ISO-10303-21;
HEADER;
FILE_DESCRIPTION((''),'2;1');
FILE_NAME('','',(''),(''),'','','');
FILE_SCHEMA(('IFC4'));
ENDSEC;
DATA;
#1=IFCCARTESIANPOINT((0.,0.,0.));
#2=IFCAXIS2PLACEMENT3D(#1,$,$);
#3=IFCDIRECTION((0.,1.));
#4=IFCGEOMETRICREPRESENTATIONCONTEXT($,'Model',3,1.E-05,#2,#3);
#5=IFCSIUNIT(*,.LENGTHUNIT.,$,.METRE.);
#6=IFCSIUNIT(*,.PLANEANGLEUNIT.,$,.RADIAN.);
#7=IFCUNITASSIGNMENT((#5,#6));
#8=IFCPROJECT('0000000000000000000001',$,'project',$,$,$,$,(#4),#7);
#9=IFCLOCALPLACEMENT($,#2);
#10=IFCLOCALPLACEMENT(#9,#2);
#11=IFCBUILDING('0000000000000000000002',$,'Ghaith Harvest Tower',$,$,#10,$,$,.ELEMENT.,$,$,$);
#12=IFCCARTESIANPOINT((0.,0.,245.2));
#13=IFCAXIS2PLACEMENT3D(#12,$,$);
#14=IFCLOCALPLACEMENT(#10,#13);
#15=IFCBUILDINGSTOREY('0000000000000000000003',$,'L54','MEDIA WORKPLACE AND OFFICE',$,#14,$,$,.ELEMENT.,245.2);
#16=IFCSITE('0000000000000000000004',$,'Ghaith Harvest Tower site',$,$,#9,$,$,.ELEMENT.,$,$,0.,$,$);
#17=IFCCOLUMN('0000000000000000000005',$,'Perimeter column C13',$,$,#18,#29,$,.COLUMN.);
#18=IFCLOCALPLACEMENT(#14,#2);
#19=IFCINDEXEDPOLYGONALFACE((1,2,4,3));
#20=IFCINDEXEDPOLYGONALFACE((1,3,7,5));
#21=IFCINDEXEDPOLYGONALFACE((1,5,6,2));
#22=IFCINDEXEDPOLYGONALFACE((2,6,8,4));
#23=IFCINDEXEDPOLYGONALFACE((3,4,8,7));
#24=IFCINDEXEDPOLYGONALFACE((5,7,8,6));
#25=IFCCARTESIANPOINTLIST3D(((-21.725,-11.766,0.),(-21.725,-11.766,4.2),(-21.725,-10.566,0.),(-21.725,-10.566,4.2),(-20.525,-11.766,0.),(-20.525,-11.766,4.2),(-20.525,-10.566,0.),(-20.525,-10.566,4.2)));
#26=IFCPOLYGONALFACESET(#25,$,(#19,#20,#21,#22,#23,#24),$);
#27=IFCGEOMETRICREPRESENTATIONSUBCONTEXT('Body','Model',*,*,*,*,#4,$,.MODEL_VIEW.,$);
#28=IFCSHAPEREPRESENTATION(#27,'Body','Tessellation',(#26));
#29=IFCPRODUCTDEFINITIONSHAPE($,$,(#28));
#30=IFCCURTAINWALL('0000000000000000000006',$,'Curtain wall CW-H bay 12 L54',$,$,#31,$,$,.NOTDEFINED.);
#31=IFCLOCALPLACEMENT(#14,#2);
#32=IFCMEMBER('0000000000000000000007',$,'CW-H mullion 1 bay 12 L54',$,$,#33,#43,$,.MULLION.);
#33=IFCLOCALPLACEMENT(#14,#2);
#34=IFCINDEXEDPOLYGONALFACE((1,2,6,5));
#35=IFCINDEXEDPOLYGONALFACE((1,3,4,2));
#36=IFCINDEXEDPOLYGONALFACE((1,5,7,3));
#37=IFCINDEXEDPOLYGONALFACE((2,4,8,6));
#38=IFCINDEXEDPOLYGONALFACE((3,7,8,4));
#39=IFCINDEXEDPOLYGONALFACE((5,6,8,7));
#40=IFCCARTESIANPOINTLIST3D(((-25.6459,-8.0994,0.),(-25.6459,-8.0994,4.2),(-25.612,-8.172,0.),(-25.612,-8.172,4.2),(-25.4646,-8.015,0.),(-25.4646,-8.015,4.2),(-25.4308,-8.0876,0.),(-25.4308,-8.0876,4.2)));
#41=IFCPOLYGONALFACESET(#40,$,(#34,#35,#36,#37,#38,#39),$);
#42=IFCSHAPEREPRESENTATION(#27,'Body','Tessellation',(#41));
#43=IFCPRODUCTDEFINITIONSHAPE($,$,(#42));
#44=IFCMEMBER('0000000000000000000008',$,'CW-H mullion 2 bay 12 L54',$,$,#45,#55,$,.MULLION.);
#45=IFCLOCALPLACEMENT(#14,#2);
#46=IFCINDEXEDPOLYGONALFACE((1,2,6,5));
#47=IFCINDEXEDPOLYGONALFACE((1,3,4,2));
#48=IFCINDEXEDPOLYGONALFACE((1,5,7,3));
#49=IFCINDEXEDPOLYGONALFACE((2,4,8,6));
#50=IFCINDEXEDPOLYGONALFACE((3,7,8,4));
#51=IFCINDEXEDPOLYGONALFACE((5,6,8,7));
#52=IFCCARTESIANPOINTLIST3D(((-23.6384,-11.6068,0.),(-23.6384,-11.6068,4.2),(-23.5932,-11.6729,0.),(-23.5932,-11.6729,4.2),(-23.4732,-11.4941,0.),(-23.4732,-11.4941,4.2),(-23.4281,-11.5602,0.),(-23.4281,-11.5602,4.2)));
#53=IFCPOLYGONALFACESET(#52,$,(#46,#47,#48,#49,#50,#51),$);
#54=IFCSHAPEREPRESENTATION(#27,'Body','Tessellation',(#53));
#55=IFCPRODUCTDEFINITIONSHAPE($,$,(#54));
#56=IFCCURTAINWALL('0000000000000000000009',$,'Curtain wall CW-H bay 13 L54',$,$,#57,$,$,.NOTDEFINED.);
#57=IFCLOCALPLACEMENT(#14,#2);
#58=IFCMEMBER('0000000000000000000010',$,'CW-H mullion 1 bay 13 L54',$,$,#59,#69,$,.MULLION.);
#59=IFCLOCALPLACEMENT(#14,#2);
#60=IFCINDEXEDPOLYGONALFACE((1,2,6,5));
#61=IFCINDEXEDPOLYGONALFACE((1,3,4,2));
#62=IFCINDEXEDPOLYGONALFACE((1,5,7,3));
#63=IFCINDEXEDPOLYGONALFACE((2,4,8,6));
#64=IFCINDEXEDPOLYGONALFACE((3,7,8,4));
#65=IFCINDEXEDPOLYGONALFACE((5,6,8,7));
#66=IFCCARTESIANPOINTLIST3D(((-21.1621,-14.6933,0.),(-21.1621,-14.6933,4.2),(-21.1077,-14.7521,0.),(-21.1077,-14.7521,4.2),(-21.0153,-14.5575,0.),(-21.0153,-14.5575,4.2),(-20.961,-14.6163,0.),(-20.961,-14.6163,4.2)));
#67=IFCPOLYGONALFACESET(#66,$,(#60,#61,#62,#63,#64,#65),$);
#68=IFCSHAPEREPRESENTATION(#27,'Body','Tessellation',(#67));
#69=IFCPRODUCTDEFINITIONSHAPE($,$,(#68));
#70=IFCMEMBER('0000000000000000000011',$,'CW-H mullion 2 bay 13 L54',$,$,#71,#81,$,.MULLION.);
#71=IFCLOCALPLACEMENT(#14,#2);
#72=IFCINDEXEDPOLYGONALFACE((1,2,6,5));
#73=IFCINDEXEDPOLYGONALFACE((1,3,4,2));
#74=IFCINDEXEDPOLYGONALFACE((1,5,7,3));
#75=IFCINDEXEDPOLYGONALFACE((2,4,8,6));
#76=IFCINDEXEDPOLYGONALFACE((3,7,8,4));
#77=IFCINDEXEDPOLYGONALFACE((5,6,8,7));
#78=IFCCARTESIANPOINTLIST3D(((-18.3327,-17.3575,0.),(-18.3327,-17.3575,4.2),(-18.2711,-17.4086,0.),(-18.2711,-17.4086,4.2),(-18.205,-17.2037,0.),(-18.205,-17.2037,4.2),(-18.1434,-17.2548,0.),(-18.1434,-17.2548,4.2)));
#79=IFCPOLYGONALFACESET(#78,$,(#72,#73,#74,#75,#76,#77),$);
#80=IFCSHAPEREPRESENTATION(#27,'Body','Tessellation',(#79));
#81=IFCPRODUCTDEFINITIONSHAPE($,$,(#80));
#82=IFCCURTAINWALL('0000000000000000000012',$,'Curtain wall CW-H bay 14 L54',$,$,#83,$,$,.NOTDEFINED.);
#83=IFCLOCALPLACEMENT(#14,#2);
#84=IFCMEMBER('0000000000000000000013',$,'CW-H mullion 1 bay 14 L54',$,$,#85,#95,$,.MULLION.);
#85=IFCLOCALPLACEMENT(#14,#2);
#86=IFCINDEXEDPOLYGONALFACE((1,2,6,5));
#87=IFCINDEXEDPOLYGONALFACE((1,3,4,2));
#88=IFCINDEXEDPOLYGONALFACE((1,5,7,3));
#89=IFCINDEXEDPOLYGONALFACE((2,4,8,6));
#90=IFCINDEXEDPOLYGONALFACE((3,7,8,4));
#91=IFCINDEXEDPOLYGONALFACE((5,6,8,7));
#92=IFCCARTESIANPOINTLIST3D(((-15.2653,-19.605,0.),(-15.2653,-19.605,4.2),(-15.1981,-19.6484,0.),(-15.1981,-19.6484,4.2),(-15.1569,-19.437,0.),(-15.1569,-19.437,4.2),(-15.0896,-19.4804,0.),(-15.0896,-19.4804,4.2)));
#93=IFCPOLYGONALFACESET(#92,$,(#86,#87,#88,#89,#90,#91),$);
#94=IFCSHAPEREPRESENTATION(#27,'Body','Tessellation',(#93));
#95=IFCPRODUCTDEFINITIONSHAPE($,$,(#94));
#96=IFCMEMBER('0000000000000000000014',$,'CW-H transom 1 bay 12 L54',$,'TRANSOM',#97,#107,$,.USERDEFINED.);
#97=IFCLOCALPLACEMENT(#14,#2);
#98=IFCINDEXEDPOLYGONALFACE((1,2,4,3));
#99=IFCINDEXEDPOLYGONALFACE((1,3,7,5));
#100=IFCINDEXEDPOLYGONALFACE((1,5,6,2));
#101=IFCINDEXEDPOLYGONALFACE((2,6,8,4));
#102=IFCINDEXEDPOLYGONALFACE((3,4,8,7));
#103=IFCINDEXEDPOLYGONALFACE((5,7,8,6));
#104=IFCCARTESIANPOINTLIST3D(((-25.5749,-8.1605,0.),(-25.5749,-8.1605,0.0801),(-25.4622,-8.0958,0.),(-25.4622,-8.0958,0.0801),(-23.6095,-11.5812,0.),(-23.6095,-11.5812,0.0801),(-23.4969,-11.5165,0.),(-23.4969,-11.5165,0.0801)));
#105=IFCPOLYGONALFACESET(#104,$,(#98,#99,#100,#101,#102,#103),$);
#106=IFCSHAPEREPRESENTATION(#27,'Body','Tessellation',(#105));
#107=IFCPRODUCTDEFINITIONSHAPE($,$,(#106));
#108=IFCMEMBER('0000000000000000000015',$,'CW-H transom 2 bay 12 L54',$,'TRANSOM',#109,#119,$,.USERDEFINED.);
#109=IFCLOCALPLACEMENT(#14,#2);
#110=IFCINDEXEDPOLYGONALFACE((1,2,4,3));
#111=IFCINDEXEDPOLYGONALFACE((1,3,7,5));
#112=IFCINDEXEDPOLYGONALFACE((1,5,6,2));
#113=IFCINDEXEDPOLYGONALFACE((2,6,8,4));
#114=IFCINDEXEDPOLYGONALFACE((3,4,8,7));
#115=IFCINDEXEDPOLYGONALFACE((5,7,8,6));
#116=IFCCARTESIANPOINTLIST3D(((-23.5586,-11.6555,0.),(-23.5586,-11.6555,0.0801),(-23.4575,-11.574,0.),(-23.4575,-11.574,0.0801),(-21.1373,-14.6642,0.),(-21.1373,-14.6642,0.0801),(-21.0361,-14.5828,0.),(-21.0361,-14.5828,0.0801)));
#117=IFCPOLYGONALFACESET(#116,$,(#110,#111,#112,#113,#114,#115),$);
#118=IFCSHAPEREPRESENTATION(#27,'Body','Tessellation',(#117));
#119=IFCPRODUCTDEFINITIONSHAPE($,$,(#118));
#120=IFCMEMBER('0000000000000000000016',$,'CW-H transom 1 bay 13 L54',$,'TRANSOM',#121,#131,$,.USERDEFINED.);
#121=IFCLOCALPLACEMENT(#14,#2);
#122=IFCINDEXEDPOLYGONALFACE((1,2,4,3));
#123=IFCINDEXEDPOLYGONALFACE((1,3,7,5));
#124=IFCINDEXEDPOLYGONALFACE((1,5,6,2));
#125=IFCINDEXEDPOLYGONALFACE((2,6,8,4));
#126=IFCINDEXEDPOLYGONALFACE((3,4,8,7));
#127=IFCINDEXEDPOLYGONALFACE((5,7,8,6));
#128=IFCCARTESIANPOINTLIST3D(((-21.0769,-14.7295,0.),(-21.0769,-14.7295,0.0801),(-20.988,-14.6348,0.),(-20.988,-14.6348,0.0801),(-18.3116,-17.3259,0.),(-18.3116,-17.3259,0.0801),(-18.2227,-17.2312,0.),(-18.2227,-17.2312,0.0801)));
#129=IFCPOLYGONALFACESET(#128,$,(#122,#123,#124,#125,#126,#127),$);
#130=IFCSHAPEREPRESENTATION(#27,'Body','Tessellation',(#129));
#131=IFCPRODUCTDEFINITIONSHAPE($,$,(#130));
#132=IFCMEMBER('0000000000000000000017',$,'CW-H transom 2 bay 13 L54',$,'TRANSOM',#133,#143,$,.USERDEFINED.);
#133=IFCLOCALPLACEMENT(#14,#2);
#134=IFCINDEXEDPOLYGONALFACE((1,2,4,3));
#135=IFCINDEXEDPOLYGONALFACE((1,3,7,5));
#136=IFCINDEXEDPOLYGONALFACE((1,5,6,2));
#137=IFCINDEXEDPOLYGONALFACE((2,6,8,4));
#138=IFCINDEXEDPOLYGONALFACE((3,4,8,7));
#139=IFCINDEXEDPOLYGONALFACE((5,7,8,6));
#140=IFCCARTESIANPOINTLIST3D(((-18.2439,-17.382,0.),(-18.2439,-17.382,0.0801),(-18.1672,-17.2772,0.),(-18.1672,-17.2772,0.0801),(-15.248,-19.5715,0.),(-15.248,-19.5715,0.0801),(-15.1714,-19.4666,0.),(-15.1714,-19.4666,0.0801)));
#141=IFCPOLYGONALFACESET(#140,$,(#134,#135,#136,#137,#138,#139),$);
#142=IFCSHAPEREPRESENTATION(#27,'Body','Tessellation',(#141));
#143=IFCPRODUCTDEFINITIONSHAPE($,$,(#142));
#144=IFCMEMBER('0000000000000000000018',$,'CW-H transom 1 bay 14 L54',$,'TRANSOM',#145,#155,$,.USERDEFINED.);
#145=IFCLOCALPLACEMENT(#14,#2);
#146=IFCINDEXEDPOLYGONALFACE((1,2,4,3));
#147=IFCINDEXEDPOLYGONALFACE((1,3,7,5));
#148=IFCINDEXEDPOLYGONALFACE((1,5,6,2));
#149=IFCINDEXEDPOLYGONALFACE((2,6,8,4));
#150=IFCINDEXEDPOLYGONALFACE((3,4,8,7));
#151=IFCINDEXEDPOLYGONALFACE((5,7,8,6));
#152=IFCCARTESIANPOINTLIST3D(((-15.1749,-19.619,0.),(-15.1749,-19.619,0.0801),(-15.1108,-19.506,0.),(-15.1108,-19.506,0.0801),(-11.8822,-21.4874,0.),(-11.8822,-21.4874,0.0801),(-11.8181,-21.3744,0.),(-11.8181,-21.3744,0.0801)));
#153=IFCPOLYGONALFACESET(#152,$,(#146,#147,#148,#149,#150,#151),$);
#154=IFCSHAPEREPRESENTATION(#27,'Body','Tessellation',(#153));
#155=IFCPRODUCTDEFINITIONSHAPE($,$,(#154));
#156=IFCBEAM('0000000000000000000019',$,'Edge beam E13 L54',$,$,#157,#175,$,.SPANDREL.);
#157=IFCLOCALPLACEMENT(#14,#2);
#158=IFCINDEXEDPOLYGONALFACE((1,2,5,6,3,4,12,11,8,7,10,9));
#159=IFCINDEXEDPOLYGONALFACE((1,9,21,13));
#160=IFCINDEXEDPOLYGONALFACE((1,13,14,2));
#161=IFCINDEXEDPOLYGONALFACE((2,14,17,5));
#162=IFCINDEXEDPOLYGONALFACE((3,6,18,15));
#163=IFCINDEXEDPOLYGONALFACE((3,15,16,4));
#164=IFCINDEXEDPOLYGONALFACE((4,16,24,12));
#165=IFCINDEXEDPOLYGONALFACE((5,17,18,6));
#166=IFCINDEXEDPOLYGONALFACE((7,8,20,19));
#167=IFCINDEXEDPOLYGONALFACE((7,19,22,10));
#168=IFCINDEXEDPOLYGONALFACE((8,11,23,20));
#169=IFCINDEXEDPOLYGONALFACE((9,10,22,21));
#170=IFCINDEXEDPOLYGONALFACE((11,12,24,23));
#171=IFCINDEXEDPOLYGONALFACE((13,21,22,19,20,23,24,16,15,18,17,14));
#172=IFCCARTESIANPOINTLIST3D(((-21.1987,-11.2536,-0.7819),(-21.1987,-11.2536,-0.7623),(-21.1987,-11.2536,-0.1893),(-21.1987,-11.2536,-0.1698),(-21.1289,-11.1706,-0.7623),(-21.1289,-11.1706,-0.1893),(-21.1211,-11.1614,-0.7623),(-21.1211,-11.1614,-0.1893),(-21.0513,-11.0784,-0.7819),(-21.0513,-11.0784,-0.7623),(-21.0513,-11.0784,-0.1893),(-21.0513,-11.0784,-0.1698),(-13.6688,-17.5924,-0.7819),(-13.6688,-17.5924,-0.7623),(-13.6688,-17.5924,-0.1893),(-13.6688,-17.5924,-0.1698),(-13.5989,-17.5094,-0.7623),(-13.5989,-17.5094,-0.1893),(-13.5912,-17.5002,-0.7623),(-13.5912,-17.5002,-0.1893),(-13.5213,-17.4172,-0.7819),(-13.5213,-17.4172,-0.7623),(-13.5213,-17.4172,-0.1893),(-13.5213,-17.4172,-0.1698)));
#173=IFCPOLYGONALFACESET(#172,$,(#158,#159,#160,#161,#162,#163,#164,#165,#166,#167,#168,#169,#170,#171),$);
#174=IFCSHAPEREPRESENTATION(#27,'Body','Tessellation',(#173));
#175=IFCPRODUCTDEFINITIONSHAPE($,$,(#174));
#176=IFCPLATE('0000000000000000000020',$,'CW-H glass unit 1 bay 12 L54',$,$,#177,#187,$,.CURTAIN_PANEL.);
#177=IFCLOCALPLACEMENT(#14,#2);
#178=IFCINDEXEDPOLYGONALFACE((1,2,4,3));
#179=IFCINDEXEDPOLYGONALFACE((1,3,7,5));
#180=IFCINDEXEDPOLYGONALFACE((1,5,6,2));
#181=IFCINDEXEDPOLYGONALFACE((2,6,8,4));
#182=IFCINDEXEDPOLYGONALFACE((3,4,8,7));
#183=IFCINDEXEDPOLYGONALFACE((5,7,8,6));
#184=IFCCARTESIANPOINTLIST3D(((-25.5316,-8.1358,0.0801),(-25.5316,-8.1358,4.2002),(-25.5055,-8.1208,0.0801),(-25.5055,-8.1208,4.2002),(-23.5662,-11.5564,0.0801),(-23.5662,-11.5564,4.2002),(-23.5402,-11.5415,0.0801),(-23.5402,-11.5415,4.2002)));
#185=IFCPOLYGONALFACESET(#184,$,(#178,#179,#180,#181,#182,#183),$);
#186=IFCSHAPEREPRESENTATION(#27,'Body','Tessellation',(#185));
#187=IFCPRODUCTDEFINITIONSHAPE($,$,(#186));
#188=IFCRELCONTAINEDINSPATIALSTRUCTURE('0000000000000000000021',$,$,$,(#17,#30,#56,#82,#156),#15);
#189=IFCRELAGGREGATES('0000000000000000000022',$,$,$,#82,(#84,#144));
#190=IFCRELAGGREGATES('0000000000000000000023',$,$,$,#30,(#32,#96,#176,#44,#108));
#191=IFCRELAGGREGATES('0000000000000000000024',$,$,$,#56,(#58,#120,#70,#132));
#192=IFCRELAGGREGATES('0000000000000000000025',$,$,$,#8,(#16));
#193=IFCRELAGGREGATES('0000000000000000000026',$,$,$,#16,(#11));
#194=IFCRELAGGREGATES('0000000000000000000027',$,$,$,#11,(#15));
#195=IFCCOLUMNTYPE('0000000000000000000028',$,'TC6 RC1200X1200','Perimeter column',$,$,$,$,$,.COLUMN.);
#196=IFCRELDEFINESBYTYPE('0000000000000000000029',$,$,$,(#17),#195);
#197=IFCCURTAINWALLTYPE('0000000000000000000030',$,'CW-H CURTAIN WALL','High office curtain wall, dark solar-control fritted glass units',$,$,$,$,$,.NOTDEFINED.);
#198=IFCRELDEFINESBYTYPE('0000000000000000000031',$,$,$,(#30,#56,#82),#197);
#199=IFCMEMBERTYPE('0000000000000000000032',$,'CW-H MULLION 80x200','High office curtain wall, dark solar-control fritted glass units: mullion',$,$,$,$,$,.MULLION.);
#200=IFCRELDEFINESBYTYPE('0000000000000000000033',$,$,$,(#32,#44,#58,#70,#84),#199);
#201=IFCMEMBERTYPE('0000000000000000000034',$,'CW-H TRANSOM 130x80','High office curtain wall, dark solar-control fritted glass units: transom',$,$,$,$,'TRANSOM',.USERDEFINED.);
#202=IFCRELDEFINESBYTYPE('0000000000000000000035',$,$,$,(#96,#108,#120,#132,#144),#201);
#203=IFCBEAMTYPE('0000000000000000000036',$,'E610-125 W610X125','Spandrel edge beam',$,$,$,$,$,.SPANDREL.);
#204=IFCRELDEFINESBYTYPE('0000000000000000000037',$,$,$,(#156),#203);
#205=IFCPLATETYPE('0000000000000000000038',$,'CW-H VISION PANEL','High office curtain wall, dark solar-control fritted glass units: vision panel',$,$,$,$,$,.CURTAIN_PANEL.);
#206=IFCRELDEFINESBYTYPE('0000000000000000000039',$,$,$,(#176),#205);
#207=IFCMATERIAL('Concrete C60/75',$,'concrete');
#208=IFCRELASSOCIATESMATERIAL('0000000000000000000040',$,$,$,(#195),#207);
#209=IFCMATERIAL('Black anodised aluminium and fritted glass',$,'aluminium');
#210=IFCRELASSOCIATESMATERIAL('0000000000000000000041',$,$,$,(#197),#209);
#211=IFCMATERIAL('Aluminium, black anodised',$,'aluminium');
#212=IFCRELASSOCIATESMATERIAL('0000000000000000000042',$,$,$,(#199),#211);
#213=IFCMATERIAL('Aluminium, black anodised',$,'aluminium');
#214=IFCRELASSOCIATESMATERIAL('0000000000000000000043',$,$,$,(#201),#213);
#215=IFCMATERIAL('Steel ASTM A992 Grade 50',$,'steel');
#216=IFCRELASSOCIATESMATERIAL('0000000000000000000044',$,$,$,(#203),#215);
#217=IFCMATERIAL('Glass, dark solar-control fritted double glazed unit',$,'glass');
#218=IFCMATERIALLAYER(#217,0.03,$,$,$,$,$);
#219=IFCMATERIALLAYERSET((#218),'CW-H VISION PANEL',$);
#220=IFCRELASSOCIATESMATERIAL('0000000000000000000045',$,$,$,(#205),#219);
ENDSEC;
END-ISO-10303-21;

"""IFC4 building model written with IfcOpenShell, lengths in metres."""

from ifc_helpers import new_model, si_unit, direction, frame, origin, origin_2d, place, context, subcontext, project, spatial, rectangle, i_section, extrude, material, layer, layer_set, material_profile, profile_set, type_object, element, aggregate, save


model = new_model("IFC4")

# Units and contexts
model_context = context("Model", 3, precision=1e-05, world=origin(), true_north=direction((0.0, 1.0)))
body_context = subcontext(model_context, "Body", "Model", "MODEL_VIEW")
ifc_project = project(units=[si_unit("LENGTHUNIT", "METRE"), si_unit("PLANEANGLEUNIT", "RADIAN")], contexts=[model_context])

# Site, building, storey
site_placement = place(None, origin())
site = spatial("IfcSite", under=ifc_project, at=site_placement, Name="Ghaith Harvest Tower site", CompositionType="ELEMENT", RefElevation=0.0)
building_placement = place(site_placement, origin())
building = spatial("IfcBuilding", under=site, at=building_placement, Name="Ghaith Harvest Tower", CompositionType="ELEMENT")
storey_placement = place(building_placement, frame((0.0, 0.0, 245.2)))
storey = spatial("IfcBuildingStorey", under=building, at=storey_placement, Name="L54", Description="MEDIA WORKPLACE AND OFFICE", CompositionType="ELEMENT", Elevation=245.2)

# Column
ifc_material_1 = material(Name="Concrete C60/75", Category="concrete")
ifc_material_profile_1 = material_profile(ifc_material_1, rectangle(XDim=1.2, YDim=1.2, at=origin_2d()), Name="RC1200X1200")
ifc_profile_set_1 = profile_set([ifc_material_profile_1], Name="Concrete C60/75")
column_type = type_object("IfcColumnType", Name="TC6 RC1200X1200", Description="Perimeter column", PredefinedType="COLUMN", material=ifc_profile_set_1)
column_placement = place(storey_placement, frame((-21.125, -11.166, 0.0), z_axis=(0.0, 0.0, 1.0), x_axis=(1.0, 0.0, 0.0)))
element("IfcColumn", 1, at=column_placement, inside=storey, type_object=column_type, Name="Perimeter column C13", PredefinedType="COLUMN", context=body_context, shape_type="SweptSolid", body=[
    extrude(rectangle(XDim=1.2, YDim=1.2, at=origin_2d()), origin(), (0.0, 0.0, 1.0), 4.2),
])

# Curtain walls, members
ifc_material_2 = material(Name="Black anodised aluminium and fritted glass", Category="aluminium")
curtain_wall_type = type_object("IfcCurtainWallType", Name="CW-H CURTAIN WALL", Description="High office curtain wall, dark solar-control fritted glass units", PredefinedType="NOTDEFINED", material=ifc_material_2)
curtain_wall_1_placement = place(storey_placement, origin())
curtain_wall_1 = element("IfcCurtainWall", 2, at=curtain_wall_1_placement, inside=storey, type_object=curtain_wall_type, Name="Curtain wall CW-H bay 12 L54", PredefinedType="NOTDEFINED")
ifc_material_3 = material(Name="Aluminium, black anodised", Category="aluminium")
ifc_material_profile_2 = material_profile(ifc_material_3, rectangle(XDim=0.0801, YDim=0.2, at=origin_2d()), Name="CW-H MULLION 80x200")
ifc_profile_set_2 = profile_set([ifc_material_profile_2], Name="Aluminium, black anodised")
member_type_1 = type_object("IfcMemberType", Name="CW-H MULLION 80x200", Description="High office curtain wall, dark solar-control fritted glass units: mullion", PredefinedType="MULLION", material=ifc_profile_set_2)
member_1_placement = place(storey_placement, frame((-25.5383, -8.0935, 0.0), z_axis=(0.0, 0.0, 1.0), x_axis=(0.422309, -0.906452, 0.0)))
member_1 = element("IfcMember", 3, at=member_1_placement, type_object=member_type_1, Name="CW-H mullion 1 bay 12 L54", PredefinedType="MULLION", context=body_context, shape_type="SweptSolid", body=[
    extrude(rectangle(XDim=0.0801, YDim=0.2, at=origin_2d()), origin(), (0.0, 0.0, 1.0), 4.2),
])
member_2_placement = place(storey_placement, frame((-23.5332, -11.5835, 0.0), z_axis=(0.0, 0.0, 1.0), x_axis=(0.563617, -0.826037, 0.0)))
member_2 = element("IfcMember", 4, at=member_2_placement, type_object=member_type_1, Name="CW-H mullion 2 bay 12 L54", PredefinedType="MULLION", context=body_context, shape_type="SweptSolid", body=[
    extrude(rectangle(XDim=0.0801, YDim=0.2, at=origin_2d()), origin(), (0.0, 0.0, 1.0), 4.2),
])
curtain_wall_2_placement = place(storey_placement, origin())
curtain_wall_2 = element("IfcCurtainWall", 5, at=curtain_wall_2_placement, inside=storey, type_object=curtain_wall_type, Name="Curtain wall CW-H bay 13 L54", PredefinedType="NOTDEFINED")
member_3_placement = place(storey_placement, frame((-21.0615, -14.6548, 0.0), z_axis=(0.0, 0.0, 1.0), x_axis=(0.679182, -0.73397, 0.0)))
member_3 = element("IfcMember", 6, at=member_3_placement, type_object=member_type_1, Name="CW-H mullion 1 bay 13 L54", PredefinedType="MULLION", context=body_context, shape_type="SweptSolid", body=[
    extrude(rectangle(XDim=0.0801, YDim=0.2, at=origin_2d()), origin(), (0.0, 0.0, 1.0), 4.2),
])
member_4_placement = place(storey_placement, frame((-18.238, -17.3062, 0.0), z_axis=(0.0, 0.0, 1.0), x_axis=(0.769217, -0.638988, 0.0)))
member_4 = element("IfcMember", 7, at=member_4_placement, type_object=member_type_1, Name="CW-H mullion 2 bay 13 L54", PredefinedType="MULLION", context=body_context, shape_type="SweptSolid", body=[
    extrude(rectangle(XDim=0.0801, YDim=0.2, at=origin_2d()), origin(), (0.0, 0.0, 1.0), 4.2),
])

# Curtain wall, member
curtain_wall_3_placement = place(storey_placement, origin())
curtain_wall_3 = element("IfcCurtainWall", 8, at=curtain_wall_3_placement, inside=storey, type_object=curtain_wall_type, Name="Curtain wall CW-H bay 14 L54", PredefinedType="NOTDEFINED")
member_5_placement = place(storey_placement, frame((-15.1775, -19.5427, 0.0), z_axis=(0.0, 0.0, 1.0), x_axis=(0.840234, -0.542225, 0.0)))
member_5 = element("IfcMember", 9, at=member_5_placement, type_object=member_type_1, Name="CW-H mullion 1 bay 14 L54", PredefinedType="MULLION", context=body_context, shape_type="SweptSolid", body=[
    extrude(rectangle(XDim=0.0801, YDim=0.2, at=origin_2d()), origin(), (0.0, 0.0, 1.0), 4.2),
])

# Members
ifc_material_4 = material(Name="Aluminium, black anodised", Category="aluminium")
ifc_material_profile_3 = material_profile(ifc_material_4, rectangle(XDim=0.1299, YDim=0.0801, at=origin_2d()), Name="CW-H TRANSOM 130x80")
ifc_profile_set_3 = profile_set([ifc_material_profile_3], Name="Aluminium, black anodised")
member_type_2 = type_object("IfcMemberType", Name="CW-H TRANSOM 130x80", Description="High office curtain wall, dark solar-control fritted glass units: transom", ElementType="TRANSOM", PredefinedType="USERDEFINED", material=ifc_profile_set_3)
member_6_placement = place(storey_placement, frame((-25.5186, -8.1282, 0.04), z_axis=(0.498177, -0.867075, 0.0), x_axis=(0.867075, 0.498177, 0.0)))
member_6 = element("IfcMember", 10, at=member_6_placement, type_object=member_type_2, Name="CW-H transom 1 bay 12 L54", ObjectType="TRANSOM", PredefinedType="USERDEFINED", context=body_context, shape_type="SweptSolid", body=[
    extrude(rectangle(XDim=0.1299, YDim=0.0801, at=origin_2d()), origin(), (0.0, 0.0, 1.0), 3.9451),
])
member_7_placement = place(storey_placement, frame((-23.5081, -11.6147, 0.04), z_axis=(0.626959, -0.779052, 0.0), x_axis=(0.779052, 0.626959, 0.0)))
member_7 = element("IfcMember", 11, at=member_7_placement, type_object=member_type_2, Name="CW-H transom 2 bay 12 L54", ObjectType="TRANSOM", PredefinedType="USERDEFINED", context=body_context, shape_type="SweptSolid", body=[
    extrude(rectangle(XDim=0.1299, YDim=0.0801, at=origin_2d()), origin(), (0.0, 0.0, 1.0), 3.8621),
])
member_8_placement = place(storey_placement, frame((-21.0325, -14.6821, 0.04), z_axis=(0.729025, -0.684487, 0.0), x_axis=(0.684487, 0.729025, 0.0)))
member_8 = element("IfcMember", 12, at=member_8_placement, type_object=member_type_2, Name="CW-H transom 1 bay 13 L54", ObjectType="TRANSOM", PredefinedType="USERDEFINED", context=body_context, shape_type="SweptSolid", body=[
    extrude(rectangle(XDim=0.1299, YDim=0.0801, at=origin_2d()), origin(), (0.0, 0.0, 1.0), 3.7932),
])
member_9_placement = place(storey_placement, frame((-18.2056, -17.3296, 0.04), z_axis=(0.807368, -0.590048, 0.0), x_axis=(0.590048, 0.807368, 0.0)))
member_9 = element("IfcMember", 13, at=member_9_placement, type_object=member_type_2, Name="CW-H transom 2 bay 13 L54", ObjectType="TRANSOM", PredefinedType="USERDEFINED", context=body_context, shape_type="SweptSolid", body=[
    extrude(rectangle(XDim=0.1299, YDim=0.0801, at=origin_2d()), origin(), (0.0, 0.0, 1.0), 3.7107),
])
member_10_placement = place(storey_placement, frame((-15.1428, -19.5625, 0.04), z_axis=(0.869735, -0.493519, 0.0), x_axis=(0.493519, 0.869735, 0.0)))
member_10 = element("IfcMember", 14, at=member_10_placement, type_object=member_type_2, Name="CW-H transom 1 bay 14 L54", ObjectType="TRANSOM", PredefinedType="USERDEFINED", context=body_context, shape_type="SweptSolid", body=[
    extrude(rectangle(XDim=0.1299, YDim=0.0801, at=origin_2d()), origin(), (0.0, 0.0, 1.0), 3.7859),
])
aggregate(curtain_wall_3, [member_5, member_10])

# Beam
ifc_material_5 = material(Name="Steel ASTM A992 Grade 50", Category="steel")
ifc_material_profile_4 = material_profile(ifc_material_5, i_section(OverallWidth=0.229, OverallDepth=0.6121, WebThickness=0.012, FlangeThickness=0.0195, at=origin_2d()), Name="W610X125")
ifc_profile_set_4 = profile_set([ifc_material_profile_4], Name="Steel ASTM A992 Grade 50")
beam_type = type_object("IfcBeamType", Name="E610-125 W610X125", Description="Spandrel edge beam", PredefinedType="SPANDREL", material=ifc_profile_set_4)
beam_placement = place(storey_placement, frame((-21.125, -11.166, -0.4758), z_axis=(0.765022, -0.644004, 0.0), x_axis=(0.644004, 0.765022, 0.0)))
element("IfcBeam", 15, at=beam_placement, inside=storey, type_object=beam_type, Name="Edge beam E13 L54", PredefinedType="SPANDREL", context=body_context, shape_type="SweptSolid", body=[
    extrude(i_section(OverallWidth=0.229, OverallDepth=0.6121, WebThickness=0.012, FlangeThickness=0.0195, at=origin_2d()), origin(), (0.0, 0.0, 1.0), 9.8428),
])

# Plate
ifc_material_6 = material(Name="Glass, dark solar-control fritted double glazed unit", Category="glass")
ifc_layer_1 = layer(ifc_material_6, 0.03)
ifc_layer_set_1 = layer_set([ifc_layer_1], Name="CW-H VISION PANEL")
plate_type_1 = type_object("IfcPlateType", Name="CW-H VISION PANEL", Description="High office curtain wall, dark solar-control fritted glass units: vision panel", PredefinedType="CURTAIN_PANEL", material=ifc_layer_set_1)
plate_1_placement = place(storey_placement, frame((-24.5359, -9.8386, 0.0801), z_axis=(0.0, 0.0, 1.0), x_axis=(0.49818, -0.867074, 0.0)))
plate_1 = element("IfcPlate", 16, at=plate_1_placement, type_object=plate_type_1, Name="CW-H glass unit 1 bay 12 L54", PredefinedType="CURTAIN_PANEL", context=body_context, shape_type="SweptSolid", body=[
    extrude(rectangle(XDim=3.9451, YDim=0.03, at=origin_2d()), origin(), (0.0, 0.0, 1.0), 4.1201),
])
aggregate(curtain_wall_1, [member_1, member_6, plate_1, member_2, member_7])
aggregate(curtain_wall_2, [member_3, member_8, member_4, member_9])

save(model, "model.ifc")
